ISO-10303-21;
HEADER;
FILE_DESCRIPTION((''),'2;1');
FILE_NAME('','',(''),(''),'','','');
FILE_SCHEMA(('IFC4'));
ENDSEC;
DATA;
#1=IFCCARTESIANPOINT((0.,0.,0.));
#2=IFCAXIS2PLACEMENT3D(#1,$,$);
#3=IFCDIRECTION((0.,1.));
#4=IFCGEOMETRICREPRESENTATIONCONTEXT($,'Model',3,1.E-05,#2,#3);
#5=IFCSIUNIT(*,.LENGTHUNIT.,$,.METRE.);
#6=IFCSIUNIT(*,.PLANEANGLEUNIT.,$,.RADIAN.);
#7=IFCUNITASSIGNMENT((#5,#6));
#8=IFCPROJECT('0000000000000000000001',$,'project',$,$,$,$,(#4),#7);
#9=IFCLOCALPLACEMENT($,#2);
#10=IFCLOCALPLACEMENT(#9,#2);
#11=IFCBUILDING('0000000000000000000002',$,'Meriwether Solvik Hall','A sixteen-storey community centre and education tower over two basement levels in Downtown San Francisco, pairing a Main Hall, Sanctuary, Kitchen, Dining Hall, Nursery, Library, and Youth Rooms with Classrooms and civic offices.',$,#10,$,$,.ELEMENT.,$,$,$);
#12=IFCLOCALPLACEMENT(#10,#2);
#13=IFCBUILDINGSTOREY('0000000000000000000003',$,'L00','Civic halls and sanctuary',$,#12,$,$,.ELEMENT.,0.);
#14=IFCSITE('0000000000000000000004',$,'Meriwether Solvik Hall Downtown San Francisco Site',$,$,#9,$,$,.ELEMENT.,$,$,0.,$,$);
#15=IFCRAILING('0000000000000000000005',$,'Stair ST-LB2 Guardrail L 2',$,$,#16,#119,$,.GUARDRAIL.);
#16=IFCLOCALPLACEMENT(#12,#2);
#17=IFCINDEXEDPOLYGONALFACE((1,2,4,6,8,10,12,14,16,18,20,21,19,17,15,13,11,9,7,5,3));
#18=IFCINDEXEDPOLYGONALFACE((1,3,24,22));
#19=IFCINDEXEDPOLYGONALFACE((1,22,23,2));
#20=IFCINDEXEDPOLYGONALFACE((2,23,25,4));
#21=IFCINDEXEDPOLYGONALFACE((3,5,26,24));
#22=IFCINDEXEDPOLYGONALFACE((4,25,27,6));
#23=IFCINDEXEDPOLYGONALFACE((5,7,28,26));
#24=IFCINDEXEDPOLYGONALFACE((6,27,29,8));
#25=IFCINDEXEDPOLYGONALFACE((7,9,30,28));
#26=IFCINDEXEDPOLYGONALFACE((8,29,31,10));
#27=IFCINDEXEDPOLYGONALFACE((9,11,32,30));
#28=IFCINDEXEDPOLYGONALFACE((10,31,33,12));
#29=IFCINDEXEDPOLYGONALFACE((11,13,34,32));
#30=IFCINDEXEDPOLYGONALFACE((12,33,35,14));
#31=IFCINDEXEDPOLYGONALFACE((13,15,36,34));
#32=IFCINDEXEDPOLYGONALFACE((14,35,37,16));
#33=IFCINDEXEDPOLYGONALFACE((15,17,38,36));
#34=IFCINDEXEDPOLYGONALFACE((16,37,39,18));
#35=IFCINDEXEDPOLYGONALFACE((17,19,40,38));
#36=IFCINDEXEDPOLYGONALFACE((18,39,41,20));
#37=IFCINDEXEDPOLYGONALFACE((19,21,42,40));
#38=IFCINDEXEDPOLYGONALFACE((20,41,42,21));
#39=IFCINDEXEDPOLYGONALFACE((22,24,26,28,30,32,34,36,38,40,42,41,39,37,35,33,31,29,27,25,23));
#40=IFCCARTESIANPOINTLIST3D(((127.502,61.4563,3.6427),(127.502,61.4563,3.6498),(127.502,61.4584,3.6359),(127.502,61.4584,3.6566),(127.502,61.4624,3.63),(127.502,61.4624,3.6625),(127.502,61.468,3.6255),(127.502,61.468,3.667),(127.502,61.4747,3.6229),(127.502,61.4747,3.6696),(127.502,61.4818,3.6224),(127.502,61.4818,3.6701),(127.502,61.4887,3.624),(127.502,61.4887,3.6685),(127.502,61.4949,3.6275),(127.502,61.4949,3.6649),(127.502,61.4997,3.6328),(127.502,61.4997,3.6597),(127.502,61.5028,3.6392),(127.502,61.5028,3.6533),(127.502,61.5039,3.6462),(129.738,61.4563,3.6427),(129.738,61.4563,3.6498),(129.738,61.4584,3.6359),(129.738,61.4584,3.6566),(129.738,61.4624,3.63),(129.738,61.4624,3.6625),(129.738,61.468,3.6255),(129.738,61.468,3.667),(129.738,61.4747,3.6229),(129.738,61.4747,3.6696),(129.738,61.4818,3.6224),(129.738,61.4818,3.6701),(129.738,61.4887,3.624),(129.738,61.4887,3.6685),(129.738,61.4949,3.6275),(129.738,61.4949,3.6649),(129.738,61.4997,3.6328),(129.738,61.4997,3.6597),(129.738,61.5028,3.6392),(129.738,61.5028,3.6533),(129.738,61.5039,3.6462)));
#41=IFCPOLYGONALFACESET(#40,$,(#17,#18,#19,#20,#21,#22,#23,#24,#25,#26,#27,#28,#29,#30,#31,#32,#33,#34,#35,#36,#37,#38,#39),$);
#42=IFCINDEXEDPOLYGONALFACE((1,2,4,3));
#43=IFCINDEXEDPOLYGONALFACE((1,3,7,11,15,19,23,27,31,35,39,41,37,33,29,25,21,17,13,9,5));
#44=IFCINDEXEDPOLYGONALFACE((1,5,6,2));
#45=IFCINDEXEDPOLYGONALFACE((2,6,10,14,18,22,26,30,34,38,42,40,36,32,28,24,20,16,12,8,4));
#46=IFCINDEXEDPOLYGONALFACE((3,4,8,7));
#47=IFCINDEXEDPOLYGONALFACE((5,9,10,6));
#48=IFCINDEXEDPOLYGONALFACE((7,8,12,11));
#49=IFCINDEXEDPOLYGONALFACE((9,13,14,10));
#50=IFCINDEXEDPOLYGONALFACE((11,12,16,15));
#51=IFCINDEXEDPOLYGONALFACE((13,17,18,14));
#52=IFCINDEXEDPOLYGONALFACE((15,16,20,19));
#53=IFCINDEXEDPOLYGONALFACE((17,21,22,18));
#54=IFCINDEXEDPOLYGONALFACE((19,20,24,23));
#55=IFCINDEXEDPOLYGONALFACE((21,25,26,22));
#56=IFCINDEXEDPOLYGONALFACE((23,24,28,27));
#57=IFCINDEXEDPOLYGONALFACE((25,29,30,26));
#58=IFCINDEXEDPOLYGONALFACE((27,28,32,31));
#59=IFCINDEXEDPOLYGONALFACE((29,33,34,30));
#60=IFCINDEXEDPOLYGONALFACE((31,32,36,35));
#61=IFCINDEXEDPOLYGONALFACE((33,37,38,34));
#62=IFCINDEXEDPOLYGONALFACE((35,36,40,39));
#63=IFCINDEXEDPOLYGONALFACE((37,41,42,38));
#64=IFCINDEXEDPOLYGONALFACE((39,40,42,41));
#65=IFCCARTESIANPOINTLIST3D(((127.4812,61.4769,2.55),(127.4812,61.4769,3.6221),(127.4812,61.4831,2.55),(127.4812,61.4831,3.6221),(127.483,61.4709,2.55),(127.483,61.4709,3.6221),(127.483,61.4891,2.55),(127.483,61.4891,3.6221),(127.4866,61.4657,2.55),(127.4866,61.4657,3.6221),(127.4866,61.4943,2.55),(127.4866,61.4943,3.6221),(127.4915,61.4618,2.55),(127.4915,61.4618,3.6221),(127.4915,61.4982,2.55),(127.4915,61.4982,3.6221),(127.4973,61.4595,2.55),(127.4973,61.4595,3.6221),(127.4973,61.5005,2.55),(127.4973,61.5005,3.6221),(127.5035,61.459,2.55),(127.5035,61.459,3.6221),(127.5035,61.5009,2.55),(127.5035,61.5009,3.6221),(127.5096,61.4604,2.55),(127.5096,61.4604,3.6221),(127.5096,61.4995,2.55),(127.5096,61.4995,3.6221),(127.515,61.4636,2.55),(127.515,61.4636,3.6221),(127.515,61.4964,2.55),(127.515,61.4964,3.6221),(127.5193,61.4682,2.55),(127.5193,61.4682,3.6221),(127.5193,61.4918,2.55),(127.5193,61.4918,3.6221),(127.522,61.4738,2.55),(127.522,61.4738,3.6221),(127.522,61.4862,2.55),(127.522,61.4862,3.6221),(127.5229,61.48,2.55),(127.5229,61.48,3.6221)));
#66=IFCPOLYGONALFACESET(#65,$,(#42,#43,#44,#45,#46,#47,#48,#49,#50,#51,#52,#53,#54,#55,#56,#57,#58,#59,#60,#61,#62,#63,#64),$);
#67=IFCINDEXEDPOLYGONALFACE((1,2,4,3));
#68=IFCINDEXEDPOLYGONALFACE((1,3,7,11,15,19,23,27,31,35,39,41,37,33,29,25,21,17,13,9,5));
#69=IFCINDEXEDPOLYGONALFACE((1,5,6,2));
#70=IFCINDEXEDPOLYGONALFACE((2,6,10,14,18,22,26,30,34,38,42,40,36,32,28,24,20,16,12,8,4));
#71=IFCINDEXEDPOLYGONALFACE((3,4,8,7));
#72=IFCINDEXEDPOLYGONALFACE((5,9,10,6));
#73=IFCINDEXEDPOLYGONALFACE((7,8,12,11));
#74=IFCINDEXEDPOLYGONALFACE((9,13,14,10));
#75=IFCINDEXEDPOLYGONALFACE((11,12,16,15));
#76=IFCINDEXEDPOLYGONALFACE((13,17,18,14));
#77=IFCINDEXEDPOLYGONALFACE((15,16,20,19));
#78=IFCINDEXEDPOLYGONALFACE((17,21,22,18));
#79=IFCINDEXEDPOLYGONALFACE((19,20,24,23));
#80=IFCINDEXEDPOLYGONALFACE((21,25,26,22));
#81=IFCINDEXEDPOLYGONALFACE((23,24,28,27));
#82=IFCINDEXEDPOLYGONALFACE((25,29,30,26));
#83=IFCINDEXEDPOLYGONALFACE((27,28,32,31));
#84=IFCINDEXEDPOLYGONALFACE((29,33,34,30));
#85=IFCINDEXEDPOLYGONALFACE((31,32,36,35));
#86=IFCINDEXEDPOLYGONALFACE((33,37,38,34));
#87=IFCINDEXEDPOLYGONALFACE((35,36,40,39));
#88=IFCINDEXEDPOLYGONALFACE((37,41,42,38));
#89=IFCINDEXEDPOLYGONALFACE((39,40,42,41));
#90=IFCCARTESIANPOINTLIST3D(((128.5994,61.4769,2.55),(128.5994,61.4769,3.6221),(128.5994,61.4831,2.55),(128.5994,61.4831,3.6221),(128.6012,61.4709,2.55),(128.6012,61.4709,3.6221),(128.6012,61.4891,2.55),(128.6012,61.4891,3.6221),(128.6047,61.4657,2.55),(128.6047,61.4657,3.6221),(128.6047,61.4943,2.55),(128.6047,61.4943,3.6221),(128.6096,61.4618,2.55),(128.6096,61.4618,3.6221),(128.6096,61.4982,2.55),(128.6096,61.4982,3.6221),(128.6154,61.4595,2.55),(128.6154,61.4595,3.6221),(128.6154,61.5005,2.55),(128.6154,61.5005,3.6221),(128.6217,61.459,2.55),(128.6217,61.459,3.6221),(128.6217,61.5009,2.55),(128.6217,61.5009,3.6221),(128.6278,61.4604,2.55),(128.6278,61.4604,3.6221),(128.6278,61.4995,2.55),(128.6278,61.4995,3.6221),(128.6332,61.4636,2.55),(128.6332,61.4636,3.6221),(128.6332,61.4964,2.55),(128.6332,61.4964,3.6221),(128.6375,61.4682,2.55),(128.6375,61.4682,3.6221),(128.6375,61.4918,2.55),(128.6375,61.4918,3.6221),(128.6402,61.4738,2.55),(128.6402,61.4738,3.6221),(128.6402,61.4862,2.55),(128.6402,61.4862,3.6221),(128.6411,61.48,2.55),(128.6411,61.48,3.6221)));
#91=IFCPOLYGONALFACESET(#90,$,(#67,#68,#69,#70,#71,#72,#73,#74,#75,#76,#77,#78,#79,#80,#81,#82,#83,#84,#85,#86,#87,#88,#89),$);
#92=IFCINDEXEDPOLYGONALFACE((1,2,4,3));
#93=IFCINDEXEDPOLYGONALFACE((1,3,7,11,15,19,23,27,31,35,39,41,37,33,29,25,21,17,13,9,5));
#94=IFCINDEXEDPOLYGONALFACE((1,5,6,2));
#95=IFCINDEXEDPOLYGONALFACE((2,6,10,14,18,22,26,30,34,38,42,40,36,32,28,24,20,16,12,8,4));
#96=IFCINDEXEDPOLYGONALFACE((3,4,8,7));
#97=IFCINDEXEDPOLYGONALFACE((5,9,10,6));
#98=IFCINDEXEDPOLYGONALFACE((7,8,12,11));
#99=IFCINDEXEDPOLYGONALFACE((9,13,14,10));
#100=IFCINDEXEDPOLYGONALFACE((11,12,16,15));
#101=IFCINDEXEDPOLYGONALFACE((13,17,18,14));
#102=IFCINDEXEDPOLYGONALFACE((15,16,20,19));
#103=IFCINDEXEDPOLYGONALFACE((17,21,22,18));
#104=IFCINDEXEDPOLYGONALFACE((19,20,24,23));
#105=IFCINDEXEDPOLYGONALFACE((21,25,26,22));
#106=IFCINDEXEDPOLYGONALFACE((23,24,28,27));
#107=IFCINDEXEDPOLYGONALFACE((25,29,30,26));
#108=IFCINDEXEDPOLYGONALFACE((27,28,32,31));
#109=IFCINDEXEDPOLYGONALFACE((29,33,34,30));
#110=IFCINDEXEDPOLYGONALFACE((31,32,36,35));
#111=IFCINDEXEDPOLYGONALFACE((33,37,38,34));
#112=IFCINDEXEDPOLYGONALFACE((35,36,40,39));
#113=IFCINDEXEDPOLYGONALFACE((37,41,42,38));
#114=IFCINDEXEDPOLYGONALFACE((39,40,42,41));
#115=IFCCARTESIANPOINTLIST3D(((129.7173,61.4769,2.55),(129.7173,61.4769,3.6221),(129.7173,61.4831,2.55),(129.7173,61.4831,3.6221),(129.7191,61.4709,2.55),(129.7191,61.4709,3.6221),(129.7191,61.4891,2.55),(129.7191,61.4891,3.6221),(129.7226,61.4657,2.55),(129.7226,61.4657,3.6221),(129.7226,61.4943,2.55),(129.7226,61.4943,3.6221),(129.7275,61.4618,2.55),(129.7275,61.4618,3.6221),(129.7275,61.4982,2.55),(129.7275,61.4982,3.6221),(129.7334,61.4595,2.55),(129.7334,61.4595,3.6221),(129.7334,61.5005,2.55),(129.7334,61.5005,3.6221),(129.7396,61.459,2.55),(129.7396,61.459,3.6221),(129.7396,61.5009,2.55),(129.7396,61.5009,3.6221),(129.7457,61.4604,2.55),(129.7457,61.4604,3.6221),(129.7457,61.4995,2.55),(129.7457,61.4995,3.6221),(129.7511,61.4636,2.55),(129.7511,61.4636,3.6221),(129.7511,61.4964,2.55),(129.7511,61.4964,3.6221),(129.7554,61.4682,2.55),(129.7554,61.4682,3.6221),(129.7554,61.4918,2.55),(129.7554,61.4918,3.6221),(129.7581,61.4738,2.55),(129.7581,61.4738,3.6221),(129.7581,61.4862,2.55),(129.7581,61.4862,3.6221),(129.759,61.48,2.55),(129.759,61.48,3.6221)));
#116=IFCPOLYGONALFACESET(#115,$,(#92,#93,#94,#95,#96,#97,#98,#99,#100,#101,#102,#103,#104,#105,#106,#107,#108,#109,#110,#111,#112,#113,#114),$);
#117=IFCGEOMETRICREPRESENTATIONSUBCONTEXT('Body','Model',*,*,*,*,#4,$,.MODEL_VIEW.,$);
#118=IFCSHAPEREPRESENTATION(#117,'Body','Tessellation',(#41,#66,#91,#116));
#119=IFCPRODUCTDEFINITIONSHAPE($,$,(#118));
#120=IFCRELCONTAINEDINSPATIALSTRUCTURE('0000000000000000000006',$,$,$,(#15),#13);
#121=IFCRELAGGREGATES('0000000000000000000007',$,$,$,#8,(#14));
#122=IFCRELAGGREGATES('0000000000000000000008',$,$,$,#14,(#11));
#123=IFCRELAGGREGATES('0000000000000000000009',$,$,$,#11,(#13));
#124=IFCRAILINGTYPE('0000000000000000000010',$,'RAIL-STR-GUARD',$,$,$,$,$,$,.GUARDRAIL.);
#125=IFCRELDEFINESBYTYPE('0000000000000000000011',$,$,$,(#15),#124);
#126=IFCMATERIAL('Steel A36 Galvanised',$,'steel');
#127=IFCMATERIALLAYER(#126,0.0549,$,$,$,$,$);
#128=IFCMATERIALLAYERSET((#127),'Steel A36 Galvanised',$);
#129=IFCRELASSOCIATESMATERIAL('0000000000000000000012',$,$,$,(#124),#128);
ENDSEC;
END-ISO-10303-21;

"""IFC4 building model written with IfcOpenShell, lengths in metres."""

from ifc_helpers import new_model, si_unit, direction, frame, origin, origin_2d, place, context, subcontext, project, spatial, circle, extrude, material, layer, layer_set, type_object, element, save


model = new_model("IFC4")

# Units and contexts
model_context = context("Model", 3, precision=1e-05, world=origin(), true_north=direction((0.0, 1.0)))
body_context = subcontext(model_context, "Body", "Model", "MODEL_VIEW")
ifc_project = project(units=[si_unit("LENGTHUNIT", "METRE"), si_unit("PLANEANGLEUNIT", "RADIAN")], contexts=[model_context])

# Site, building, storey
site_placement = place(None, origin())
site = spatial("IfcSite", under=ifc_project, at=site_placement, Name="Meriwether Solvik Hall Downtown San Francisco Site", CompositionType="ELEMENT", RefElevation=0.0)
building_placement = place(site_placement, origin())
building = spatial("IfcBuilding", under=site, at=building_placement, Name="Meriwether Solvik Hall", Description="A sixteen-storey community centre and education tower over two basement levels in Downtown San Francisco, pairing a Main Hall, Sanctuary, Kitchen, Dining Hall, Nursery, Library, and Youth Rooms with Classrooms and civic offices.", CompositionType="ELEMENT")
storey_placement = place(building_placement, origin())
storey = spatial("IfcBuildingStorey", under=building, at=storey_placement, Name="L00", Description="Civic halls and sanctuary", CompositionType="ELEMENT", Elevation=0.0)

# Railing
ifc_material_1 = material(Name="Steel A36 Galvanised", Category="steel")
ifc_layer_1 = layer(ifc_material_1, 0.0549)
ifc_layer_set_1 = layer_set([ifc_layer_1], Name="Steel A36 Galvanised")
railing_type_1 = type_object("IfcRailingType", Name="RAIL-STR-GUARD", PredefinedType="GUARDRAIL", material=ifc_layer_set_1)
railing_1_placement = place(storey_placement, frame((127.502, 61.48, 2.55)))
element("IfcRailing", 1, at=railing_1_placement, inside=storey, type_object=railing_type_1, Name="Stair ST-LB2 Guardrail L 2", PredefinedType="GUARDRAIL", context=body_context, shape_type="SweptSolid", body=[
    extrude(circle(Radius=0.0239, at=origin_2d()), frame((0.0, 0.0, 1.0962), z_axis=(1.0, 0.0, 0.0), x_axis=(0.0, 1.0, 0.0)), (0.0, 0.0, 1.0), 2.2361),
    extrude(circle(Radius=0.021, at=origin_2d()), origin(), (0.0, 0.0, 1.0), 1.072),
    extrude(circle(Radius=0.021, at=origin_2d()), frame((1.1182, 0.0, 0.0)), (0.0, 0.0, 1.0), 1.072),
    extrude(circle(Radius=0.021, at=origin_2d()), frame((2.2361, 0.0, 0.0)), (0.0, 0.0, 1.0), 1.072),
])

save(model, "model.ifc")
